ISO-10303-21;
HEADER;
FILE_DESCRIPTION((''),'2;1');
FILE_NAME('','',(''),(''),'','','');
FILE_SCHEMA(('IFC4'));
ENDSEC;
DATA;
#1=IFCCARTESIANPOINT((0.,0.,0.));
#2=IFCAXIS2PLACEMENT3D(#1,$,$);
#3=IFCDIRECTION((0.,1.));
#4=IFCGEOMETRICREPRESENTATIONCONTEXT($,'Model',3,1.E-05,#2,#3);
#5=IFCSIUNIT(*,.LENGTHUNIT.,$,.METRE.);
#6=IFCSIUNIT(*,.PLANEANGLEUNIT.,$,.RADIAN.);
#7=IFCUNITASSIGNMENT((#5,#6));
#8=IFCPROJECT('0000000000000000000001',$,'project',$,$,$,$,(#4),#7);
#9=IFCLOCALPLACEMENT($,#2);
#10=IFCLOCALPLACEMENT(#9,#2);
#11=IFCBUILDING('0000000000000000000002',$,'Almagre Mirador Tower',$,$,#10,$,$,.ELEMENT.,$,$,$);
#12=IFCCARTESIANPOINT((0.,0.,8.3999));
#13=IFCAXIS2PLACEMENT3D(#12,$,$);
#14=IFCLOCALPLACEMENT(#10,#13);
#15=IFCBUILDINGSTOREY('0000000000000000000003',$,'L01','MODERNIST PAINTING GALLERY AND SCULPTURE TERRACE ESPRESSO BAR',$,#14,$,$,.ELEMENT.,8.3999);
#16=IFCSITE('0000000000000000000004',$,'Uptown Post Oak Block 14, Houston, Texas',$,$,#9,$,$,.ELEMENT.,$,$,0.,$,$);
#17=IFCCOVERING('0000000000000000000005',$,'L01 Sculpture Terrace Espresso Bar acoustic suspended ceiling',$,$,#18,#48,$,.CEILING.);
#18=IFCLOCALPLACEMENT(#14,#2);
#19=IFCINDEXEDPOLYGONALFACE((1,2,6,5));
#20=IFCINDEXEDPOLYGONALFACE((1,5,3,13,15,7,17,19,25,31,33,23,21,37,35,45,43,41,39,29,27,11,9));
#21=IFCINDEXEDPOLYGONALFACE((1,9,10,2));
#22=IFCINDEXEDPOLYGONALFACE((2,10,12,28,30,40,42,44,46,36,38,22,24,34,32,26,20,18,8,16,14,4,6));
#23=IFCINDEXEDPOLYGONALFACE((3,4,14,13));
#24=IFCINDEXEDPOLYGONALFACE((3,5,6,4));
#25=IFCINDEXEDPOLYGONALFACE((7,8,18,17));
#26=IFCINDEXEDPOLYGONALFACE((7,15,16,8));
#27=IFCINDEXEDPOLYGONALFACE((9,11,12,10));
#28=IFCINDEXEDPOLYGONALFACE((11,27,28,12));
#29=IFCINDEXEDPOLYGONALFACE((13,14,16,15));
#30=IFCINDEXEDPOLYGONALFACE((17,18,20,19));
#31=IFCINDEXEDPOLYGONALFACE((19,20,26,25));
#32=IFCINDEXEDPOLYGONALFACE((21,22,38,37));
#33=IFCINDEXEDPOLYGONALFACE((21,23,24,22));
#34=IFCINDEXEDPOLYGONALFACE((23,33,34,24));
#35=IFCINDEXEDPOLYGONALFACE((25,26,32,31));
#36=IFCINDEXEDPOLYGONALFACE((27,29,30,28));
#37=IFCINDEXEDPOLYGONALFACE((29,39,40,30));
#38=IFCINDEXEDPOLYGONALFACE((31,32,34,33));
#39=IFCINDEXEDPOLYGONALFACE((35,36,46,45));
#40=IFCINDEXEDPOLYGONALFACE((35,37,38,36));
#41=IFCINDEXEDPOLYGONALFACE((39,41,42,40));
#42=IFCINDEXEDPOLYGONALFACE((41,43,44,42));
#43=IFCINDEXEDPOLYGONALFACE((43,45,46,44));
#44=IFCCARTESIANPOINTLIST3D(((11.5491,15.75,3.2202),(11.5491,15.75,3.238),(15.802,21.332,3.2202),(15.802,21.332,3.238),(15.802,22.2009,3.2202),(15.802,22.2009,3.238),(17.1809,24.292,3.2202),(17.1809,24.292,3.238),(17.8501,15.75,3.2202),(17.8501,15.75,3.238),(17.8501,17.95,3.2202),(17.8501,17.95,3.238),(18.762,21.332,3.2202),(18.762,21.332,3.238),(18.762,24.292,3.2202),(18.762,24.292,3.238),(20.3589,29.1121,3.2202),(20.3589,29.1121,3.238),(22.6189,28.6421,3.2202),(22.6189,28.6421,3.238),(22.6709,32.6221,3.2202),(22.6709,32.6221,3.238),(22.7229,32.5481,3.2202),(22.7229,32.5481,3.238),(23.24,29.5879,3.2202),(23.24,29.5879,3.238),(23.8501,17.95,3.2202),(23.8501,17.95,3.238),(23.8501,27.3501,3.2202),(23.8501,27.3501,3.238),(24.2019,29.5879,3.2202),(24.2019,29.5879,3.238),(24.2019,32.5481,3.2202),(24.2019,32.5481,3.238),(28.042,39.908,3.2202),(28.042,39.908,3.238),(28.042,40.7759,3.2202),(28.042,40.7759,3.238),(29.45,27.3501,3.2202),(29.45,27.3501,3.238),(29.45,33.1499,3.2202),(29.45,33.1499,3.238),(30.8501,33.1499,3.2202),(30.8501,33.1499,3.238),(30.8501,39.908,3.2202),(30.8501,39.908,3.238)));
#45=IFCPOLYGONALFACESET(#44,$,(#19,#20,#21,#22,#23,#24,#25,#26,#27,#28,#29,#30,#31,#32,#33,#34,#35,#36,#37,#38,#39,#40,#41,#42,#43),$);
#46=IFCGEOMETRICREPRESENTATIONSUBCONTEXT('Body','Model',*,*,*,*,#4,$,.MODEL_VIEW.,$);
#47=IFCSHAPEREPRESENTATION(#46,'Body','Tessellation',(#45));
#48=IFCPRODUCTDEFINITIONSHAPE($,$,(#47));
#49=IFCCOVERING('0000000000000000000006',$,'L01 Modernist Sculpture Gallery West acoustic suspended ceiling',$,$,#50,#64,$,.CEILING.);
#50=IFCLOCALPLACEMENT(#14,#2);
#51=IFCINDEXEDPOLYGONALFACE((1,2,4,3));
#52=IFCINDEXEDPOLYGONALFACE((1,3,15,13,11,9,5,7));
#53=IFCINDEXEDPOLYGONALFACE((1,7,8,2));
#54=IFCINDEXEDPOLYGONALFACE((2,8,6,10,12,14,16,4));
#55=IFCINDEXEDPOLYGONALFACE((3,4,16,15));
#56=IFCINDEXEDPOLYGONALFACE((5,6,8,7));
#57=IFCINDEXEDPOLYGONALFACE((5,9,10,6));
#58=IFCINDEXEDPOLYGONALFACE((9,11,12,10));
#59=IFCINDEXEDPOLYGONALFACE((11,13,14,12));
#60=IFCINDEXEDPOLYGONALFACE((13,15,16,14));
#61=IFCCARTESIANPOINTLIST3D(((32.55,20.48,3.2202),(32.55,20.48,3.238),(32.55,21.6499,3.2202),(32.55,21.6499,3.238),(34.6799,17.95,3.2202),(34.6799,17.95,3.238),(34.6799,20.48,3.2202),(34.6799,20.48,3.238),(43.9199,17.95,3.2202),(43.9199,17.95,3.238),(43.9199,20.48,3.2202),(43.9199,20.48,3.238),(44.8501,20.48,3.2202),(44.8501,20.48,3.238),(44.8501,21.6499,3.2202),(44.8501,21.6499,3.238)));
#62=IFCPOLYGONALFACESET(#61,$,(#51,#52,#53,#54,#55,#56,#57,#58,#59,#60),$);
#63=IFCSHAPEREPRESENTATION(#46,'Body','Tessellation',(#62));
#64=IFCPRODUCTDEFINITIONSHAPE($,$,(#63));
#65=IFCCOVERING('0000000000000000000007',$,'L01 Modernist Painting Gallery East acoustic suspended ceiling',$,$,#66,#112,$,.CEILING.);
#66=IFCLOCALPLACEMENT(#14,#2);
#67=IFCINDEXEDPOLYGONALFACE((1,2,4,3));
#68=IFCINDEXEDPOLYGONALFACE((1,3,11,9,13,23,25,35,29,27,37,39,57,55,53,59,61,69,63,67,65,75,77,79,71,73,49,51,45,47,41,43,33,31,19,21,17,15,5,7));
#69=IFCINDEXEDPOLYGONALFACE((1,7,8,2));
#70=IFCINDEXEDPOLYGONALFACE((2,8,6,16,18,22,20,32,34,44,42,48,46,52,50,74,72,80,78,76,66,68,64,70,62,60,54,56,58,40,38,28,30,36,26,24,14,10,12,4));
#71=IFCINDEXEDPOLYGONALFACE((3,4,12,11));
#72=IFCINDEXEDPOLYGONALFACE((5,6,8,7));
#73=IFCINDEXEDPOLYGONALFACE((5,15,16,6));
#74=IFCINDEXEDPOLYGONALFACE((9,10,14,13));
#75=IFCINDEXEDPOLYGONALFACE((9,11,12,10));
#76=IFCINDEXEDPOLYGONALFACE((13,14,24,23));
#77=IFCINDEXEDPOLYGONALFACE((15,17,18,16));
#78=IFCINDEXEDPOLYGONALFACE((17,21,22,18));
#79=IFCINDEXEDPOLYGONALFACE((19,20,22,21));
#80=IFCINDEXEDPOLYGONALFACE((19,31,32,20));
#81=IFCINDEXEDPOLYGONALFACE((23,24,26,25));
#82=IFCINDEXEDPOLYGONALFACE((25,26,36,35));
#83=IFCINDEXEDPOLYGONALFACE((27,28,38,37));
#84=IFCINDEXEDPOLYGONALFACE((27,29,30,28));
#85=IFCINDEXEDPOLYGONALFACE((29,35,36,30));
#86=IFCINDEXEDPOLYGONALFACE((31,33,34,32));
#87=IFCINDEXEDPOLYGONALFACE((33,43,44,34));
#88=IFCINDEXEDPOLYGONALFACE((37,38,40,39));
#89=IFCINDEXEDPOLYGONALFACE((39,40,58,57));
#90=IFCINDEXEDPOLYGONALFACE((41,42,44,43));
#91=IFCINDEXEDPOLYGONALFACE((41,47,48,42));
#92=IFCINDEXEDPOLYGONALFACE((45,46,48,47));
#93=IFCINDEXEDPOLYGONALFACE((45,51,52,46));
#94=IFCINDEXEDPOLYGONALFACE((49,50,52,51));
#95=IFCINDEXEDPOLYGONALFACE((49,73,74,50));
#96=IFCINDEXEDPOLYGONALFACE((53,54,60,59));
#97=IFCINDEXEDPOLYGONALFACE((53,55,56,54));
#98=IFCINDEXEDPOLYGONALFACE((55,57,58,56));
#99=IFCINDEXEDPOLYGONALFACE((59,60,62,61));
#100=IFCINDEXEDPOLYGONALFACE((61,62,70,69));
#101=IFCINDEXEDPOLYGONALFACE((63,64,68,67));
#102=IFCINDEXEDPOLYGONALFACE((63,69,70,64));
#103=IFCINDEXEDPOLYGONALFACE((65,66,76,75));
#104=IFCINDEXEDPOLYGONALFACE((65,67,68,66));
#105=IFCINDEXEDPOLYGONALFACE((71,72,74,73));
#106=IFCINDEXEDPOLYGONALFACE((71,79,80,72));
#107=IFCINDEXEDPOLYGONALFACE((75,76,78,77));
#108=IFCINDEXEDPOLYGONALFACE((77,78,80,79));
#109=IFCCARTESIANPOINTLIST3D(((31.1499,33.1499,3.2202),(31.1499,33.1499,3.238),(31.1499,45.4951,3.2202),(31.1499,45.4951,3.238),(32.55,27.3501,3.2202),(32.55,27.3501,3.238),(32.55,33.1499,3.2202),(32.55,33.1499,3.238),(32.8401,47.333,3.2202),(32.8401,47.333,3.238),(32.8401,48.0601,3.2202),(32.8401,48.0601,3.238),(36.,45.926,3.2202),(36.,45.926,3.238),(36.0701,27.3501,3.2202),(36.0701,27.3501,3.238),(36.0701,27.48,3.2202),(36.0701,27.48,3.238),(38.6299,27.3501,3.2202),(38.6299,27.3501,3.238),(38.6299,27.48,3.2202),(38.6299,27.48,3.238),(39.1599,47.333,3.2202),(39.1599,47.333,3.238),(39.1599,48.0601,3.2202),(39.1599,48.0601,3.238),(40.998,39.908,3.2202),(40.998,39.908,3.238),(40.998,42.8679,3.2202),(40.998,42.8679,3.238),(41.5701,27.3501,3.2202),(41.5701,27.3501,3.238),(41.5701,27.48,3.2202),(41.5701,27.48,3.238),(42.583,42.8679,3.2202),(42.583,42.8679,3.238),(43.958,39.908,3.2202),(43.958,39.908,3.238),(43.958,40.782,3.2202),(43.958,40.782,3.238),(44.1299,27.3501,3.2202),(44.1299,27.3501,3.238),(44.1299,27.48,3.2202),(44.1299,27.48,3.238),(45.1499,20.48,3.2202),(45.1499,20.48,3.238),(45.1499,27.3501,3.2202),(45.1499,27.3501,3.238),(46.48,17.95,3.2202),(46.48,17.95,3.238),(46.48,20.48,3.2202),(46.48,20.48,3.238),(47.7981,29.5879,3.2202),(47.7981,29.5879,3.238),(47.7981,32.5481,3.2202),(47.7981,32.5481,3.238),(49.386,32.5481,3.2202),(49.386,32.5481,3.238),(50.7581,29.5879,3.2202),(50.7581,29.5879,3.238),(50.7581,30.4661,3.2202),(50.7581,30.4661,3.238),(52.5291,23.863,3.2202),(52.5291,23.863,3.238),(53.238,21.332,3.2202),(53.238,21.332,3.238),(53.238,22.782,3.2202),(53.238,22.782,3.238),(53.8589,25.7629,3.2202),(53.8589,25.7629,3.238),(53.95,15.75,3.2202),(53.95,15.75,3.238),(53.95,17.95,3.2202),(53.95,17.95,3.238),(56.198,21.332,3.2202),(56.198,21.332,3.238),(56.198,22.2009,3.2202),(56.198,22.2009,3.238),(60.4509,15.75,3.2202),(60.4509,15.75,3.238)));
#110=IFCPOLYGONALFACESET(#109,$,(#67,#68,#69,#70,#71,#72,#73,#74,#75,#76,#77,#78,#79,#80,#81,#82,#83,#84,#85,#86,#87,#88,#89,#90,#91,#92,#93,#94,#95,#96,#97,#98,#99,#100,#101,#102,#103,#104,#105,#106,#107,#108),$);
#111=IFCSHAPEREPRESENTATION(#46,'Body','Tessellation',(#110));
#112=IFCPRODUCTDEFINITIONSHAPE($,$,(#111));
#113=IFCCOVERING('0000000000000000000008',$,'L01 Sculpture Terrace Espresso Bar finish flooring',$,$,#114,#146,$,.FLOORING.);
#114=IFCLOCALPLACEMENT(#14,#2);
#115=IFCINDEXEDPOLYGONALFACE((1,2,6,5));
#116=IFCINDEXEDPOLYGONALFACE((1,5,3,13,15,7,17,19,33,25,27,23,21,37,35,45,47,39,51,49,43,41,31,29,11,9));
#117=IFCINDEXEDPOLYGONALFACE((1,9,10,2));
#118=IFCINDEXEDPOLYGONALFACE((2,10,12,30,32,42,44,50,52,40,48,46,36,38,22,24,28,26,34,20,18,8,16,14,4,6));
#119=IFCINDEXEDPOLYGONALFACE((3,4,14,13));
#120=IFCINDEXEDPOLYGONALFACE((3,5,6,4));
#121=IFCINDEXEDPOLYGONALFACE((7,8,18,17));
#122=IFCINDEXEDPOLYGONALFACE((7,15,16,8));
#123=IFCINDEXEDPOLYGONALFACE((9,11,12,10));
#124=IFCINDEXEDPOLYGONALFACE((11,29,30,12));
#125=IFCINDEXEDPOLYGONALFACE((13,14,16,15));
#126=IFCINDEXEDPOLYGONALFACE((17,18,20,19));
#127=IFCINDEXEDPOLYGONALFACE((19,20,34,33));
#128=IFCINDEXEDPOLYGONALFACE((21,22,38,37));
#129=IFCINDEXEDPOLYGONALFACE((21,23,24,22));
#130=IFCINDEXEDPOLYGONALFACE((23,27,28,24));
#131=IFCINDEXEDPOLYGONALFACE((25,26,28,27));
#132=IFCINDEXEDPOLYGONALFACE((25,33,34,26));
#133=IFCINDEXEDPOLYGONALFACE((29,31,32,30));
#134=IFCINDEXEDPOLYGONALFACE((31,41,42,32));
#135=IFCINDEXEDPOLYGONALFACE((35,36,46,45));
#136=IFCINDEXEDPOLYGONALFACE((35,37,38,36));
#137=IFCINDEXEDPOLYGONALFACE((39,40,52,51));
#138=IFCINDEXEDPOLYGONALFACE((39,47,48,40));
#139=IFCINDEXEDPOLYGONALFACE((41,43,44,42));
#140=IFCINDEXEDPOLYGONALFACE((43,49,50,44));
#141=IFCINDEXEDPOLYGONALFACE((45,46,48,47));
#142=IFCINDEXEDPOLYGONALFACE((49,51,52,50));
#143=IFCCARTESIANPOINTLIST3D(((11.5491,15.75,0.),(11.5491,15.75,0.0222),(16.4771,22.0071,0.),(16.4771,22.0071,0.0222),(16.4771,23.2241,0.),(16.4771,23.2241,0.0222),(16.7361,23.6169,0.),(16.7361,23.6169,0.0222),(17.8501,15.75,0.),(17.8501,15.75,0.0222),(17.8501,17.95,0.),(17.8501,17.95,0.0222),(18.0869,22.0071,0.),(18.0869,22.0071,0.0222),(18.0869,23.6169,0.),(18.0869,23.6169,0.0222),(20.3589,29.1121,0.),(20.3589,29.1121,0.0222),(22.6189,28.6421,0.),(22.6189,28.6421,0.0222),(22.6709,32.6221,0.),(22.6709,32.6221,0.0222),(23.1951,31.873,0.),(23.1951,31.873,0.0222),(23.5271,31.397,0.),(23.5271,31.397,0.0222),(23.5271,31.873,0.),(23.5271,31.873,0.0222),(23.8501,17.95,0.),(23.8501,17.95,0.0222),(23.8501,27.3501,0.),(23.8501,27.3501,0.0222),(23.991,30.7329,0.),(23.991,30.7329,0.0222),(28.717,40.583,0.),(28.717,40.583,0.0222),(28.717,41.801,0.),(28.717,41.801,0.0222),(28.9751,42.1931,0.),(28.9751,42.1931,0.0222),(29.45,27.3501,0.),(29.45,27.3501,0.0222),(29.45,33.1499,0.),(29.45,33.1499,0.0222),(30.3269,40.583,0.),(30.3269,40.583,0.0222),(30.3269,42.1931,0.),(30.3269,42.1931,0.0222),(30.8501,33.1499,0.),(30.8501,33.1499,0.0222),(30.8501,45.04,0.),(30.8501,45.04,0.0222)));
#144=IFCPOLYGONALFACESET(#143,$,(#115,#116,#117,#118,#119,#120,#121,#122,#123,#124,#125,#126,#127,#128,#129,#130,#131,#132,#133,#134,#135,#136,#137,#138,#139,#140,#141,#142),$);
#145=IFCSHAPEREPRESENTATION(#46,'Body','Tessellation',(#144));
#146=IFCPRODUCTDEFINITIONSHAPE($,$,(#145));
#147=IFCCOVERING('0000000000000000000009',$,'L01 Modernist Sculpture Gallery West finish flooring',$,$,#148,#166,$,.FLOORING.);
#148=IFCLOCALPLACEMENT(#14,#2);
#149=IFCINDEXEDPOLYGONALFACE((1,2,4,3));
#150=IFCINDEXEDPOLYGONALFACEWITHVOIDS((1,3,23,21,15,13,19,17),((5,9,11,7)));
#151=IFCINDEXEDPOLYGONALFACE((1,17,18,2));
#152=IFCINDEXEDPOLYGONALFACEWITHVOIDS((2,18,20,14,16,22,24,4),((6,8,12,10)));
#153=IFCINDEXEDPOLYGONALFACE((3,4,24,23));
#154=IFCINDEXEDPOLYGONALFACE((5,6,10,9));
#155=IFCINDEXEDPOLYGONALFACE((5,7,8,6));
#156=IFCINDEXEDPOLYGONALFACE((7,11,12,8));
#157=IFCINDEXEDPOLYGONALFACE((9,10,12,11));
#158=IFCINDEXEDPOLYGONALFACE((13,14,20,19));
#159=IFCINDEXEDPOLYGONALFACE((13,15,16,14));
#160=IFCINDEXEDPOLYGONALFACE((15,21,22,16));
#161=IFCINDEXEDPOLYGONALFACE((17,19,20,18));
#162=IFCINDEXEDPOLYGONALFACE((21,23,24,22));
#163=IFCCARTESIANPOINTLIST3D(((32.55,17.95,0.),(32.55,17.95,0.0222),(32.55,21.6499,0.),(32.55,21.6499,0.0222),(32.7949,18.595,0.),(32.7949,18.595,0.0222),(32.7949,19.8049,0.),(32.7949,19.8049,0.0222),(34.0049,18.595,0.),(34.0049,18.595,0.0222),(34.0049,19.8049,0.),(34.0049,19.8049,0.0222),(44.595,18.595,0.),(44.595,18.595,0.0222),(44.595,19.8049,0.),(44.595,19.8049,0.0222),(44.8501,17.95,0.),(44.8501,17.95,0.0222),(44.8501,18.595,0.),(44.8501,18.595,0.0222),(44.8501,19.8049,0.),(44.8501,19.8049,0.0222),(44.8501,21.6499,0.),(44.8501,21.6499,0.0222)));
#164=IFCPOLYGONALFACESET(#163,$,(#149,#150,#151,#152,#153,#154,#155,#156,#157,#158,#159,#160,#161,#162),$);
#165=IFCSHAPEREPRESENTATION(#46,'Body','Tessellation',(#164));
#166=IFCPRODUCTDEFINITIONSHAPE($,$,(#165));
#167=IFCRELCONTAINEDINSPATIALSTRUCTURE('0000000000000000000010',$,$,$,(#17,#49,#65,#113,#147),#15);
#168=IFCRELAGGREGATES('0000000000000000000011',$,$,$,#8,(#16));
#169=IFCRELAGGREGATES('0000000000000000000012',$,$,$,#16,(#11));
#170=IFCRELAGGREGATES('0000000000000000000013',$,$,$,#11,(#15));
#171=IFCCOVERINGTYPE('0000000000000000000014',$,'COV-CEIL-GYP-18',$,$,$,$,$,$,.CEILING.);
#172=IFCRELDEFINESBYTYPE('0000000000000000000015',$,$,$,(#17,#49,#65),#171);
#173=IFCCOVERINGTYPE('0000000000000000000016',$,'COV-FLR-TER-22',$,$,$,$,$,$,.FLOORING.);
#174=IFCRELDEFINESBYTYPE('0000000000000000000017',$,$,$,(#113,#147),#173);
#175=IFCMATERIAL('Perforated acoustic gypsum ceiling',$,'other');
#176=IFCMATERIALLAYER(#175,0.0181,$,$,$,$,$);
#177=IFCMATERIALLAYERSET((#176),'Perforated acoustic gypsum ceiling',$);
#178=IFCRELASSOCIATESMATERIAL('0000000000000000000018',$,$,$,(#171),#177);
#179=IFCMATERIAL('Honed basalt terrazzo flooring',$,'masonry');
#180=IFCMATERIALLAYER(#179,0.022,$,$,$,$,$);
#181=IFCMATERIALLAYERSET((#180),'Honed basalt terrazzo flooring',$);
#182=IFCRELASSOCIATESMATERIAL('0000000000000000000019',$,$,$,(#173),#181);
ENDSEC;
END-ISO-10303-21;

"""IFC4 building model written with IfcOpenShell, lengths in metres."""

from ifc_helpers import new_model, si_unit, direction, frame, origin, place, context, subcontext, project, spatial, polyline, outline, extrude, material, layer, layer_set, type_object, element, save


model = new_model("IFC4")

# Units and contexts
model_context = context("Model", 3, precision=1e-05, world=origin(), true_north=direction((0.0, 1.0)))
body_context = subcontext(model_context, "Body", "Model", "MODEL_VIEW")
ifc_project = project(units=[si_unit("LENGTHUNIT", "METRE"), si_unit("PLANEANGLEUNIT", "RADIAN")], contexts=[model_context])

# Site, building, storey
site_placement = place(None, origin())
site = spatial("IfcSite", under=ifc_project, at=site_placement, Name="Uptown Post Oak Block 14, Houston, Texas", CompositionType="ELEMENT", RefElevation=0.0)
building_placement = place(site_placement, origin())
building = spatial("IfcBuilding", under=site, at=building_placement, Name="Almagre Mirador Tower", CompositionType="ELEMENT")
storey_placement = place(building_placement, frame((0.0, 0.0, 8.3999)))
storey = spatial("IfcBuildingStorey", under=building, at=storey_placement, Name="L01", Description="MODERNIST PAINTING GALLERY AND SCULPTURE TERRACE ESPRESSO BAR", CompositionType="ELEMENT", Elevation=8.3999)

# Coverings
ifc_material_1 = material(Name="Perforated acoustic gypsum ceiling", Category="other")
ifc_layer_1 = layer(ifc_material_1, 0.0181)
ifc_layer_set_1 = layer_set([ifc_layer_1], Name="Perforated acoustic gypsum ceiling")
covering_type_1 = type_object("IfcCoveringType", Name="COV-CEIL-GYP-18", PredefinedType="CEILING", material=ifc_layer_set_1)
covering_1_placement = place(storey_placement, frame((0.0, 0.0, 3.2202)))
element("IfcCovering", 1, at=covering_1_placement, inside=storey, type_object=covering_type_1, Name="L01 Sculpture Terrace Espresso Bar acoustic suspended ceiling", PredefinedType="CEILING", context=body_context, shape_type="SweptSolid", body=[
    extrude(outline(polyline([(22.6709, 32.6221), (28.042, 40.7759), (28.042, 39.908), (30.8501, 39.908), (30.8501, 33.1499), (29.45, 33.1499), (29.45, 27.3501), (23.8501, 27.3501), (23.8501, 17.95), (17.8501, 17.95), (17.8501, 15.75), (11.5491, 15.75), (15.802, 22.2009), (15.802, 21.332), (18.762, 21.332), (18.762, 24.292), (17.1809, 24.292), (20.3589, 29.1121), (22.6189, 28.6421), (23.24, 29.5879), (24.2019, 29.5879), (24.2019, 32.5481), (22.7229, 32.5481), (22.6709, 32.6221)])), origin(), (0.0, 0.0, 1.0), 0.0178),
])
covering_2_placement = place(storey_placement, frame((0.0, 0.0, 3.2202)))
element("IfcCovering", 2, at=covering_2_placement, inside=storey, type_object=covering_type_1, Name="L01 Modernist Sculpture Gallery West acoustic suspended ceiling", PredefinedType="CEILING", context=body_context, shape_type="SweptSolid", body=[
    extrude(outline(polyline([(44.8501, 21.6499), (44.8501, 20.48), (43.9199, 20.48), (43.9199, 17.95), (34.6799, 17.95), (34.6799, 20.48), (32.55, 20.48), (32.55, 21.6499), (44.8501, 21.6499)])), origin(), (0.0, 0.0, 1.0), 0.0178),
])
covering_3_placement = place(storey_placement, frame((0.0, 0.0, 3.2202)))
element("IfcCovering", 3, at=covering_3_placement, inside=storey, type_object=covering_type_1, Name="L01 Modernist Painting Gallery East acoustic suspended ceiling", PredefinedType="CEILING", context=body_context, shape_type="SweptSolid", body=[
    extrude(outline(polyline([(45.1499, 27.3501), (44.1299, 27.3501), (44.1299, 27.48), (41.5701, 27.48), (41.5701, 27.3501), (38.6299, 27.3501), (38.6299, 27.48), (36.0701, 27.48), (36.0701, 27.3501), (32.55, 27.3501), (32.55, 33.1499), (31.1499, 33.1499), (31.1499, 45.4951), (32.8401, 48.0601), (32.8401, 47.333), (36.0, 45.926), (39.1599, 47.333), (39.1599, 48.0601), (42.583, 42.8679), (40.998, 42.8679), (40.998, 39.908), (43.958, 39.908), (43.958, 40.782), (49.386, 32.5481), (47.7981, 32.5481), (47.7981, 29.5879), (50.7581, 29.5879), (50.7581, 30.4661), (53.8589, 25.7629), (52.5291, 23.863), (53.238, 22.782), (53.238, 21.332), (56.198, 21.332), (56.198, 22.2009), (60.4509, 15.75), (53.95, 15.75), (53.95, 17.95), (46.48, 17.95), (46.48, 20.48), (45.1499, 20.48), (45.1499, 27.3501)])), origin(), (0.0, 0.0, 1.0), 0.0178),
])
ifc_material_2 = material(Name="Honed basalt terrazzo flooring", Category="masonry")
ifc_layer_2 = layer(ifc_material_2, 0.022)
ifc_layer_set_2 = layer_set([ifc_layer_2], Name="Honed basalt terrazzo flooring")
covering_type_2 = type_object("IfcCoveringType", Name="COV-FLR-TER-22", PredefinedType="FLOORING", material=ifc_layer_set_2)
covering_4_placement = place(storey_placement, origin())
element("IfcCovering", 4, at=covering_4_placement, inside=storey, type_object=covering_type_2, Name="L01 Sculpture Terrace Espresso Bar finish flooring", PredefinedType="FLOORING", context=body_context, shape_type="SweptSolid", body=[
    extrude(outline(polyline([(23.5271, 31.397), (23.5271, 31.873), (23.1951, 31.873), (22.6709, 32.6221), (28.717, 41.801), (28.717, 40.583), (30.3269, 40.583), (30.3269, 42.1931), (28.9751, 42.1931), (30.8501, 45.04), (30.8501, 33.1499), (29.45, 33.1499), (29.45, 27.3501), (23.8501, 27.3501), (23.8501, 17.95), (17.8501, 17.95), (17.8501, 15.75), (11.5491, 15.75), (16.4771, 23.2241), (16.4771, 22.0071), (18.0869, 22.0071), (18.0869, 23.6169), (16.7361, 23.6169), (20.3589, 29.1121), (22.6189, 28.6421), (23.991, 30.7329), (23.5271, 31.397)])), origin(), (0.0, 0.0, 1.0), 0.0222),
])
covering_5_placement = place(storey_placement, origin())
element("IfcCovering", 5, at=covering_5_placement, inside=storey, type_object=covering_type_2, Name="L01 Modernist Sculpture Gallery West finish flooring", PredefinedType="FLOORING", context=body_context, shape_type="SweptSolid", body=[
    extrude(outline(polyline([(32.55, 21.6499), (44.8501, 21.6499), (44.8501, 19.8049), (44.595, 19.8049), (44.595, 18.595), (44.8501, 18.595), (44.8501, 17.95), (32.55, 17.95), (32.55, 21.6499)]), holes=[polyline([(32.7949, 18.595), (32.7949, 19.8049), (34.0049, 19.8049), (34.0049, 18.595), (32.7949, 18.595)])]), origin(), (0.0, 0.0, 1.0), 0.0222),
])

save(model, "model.ifc")
